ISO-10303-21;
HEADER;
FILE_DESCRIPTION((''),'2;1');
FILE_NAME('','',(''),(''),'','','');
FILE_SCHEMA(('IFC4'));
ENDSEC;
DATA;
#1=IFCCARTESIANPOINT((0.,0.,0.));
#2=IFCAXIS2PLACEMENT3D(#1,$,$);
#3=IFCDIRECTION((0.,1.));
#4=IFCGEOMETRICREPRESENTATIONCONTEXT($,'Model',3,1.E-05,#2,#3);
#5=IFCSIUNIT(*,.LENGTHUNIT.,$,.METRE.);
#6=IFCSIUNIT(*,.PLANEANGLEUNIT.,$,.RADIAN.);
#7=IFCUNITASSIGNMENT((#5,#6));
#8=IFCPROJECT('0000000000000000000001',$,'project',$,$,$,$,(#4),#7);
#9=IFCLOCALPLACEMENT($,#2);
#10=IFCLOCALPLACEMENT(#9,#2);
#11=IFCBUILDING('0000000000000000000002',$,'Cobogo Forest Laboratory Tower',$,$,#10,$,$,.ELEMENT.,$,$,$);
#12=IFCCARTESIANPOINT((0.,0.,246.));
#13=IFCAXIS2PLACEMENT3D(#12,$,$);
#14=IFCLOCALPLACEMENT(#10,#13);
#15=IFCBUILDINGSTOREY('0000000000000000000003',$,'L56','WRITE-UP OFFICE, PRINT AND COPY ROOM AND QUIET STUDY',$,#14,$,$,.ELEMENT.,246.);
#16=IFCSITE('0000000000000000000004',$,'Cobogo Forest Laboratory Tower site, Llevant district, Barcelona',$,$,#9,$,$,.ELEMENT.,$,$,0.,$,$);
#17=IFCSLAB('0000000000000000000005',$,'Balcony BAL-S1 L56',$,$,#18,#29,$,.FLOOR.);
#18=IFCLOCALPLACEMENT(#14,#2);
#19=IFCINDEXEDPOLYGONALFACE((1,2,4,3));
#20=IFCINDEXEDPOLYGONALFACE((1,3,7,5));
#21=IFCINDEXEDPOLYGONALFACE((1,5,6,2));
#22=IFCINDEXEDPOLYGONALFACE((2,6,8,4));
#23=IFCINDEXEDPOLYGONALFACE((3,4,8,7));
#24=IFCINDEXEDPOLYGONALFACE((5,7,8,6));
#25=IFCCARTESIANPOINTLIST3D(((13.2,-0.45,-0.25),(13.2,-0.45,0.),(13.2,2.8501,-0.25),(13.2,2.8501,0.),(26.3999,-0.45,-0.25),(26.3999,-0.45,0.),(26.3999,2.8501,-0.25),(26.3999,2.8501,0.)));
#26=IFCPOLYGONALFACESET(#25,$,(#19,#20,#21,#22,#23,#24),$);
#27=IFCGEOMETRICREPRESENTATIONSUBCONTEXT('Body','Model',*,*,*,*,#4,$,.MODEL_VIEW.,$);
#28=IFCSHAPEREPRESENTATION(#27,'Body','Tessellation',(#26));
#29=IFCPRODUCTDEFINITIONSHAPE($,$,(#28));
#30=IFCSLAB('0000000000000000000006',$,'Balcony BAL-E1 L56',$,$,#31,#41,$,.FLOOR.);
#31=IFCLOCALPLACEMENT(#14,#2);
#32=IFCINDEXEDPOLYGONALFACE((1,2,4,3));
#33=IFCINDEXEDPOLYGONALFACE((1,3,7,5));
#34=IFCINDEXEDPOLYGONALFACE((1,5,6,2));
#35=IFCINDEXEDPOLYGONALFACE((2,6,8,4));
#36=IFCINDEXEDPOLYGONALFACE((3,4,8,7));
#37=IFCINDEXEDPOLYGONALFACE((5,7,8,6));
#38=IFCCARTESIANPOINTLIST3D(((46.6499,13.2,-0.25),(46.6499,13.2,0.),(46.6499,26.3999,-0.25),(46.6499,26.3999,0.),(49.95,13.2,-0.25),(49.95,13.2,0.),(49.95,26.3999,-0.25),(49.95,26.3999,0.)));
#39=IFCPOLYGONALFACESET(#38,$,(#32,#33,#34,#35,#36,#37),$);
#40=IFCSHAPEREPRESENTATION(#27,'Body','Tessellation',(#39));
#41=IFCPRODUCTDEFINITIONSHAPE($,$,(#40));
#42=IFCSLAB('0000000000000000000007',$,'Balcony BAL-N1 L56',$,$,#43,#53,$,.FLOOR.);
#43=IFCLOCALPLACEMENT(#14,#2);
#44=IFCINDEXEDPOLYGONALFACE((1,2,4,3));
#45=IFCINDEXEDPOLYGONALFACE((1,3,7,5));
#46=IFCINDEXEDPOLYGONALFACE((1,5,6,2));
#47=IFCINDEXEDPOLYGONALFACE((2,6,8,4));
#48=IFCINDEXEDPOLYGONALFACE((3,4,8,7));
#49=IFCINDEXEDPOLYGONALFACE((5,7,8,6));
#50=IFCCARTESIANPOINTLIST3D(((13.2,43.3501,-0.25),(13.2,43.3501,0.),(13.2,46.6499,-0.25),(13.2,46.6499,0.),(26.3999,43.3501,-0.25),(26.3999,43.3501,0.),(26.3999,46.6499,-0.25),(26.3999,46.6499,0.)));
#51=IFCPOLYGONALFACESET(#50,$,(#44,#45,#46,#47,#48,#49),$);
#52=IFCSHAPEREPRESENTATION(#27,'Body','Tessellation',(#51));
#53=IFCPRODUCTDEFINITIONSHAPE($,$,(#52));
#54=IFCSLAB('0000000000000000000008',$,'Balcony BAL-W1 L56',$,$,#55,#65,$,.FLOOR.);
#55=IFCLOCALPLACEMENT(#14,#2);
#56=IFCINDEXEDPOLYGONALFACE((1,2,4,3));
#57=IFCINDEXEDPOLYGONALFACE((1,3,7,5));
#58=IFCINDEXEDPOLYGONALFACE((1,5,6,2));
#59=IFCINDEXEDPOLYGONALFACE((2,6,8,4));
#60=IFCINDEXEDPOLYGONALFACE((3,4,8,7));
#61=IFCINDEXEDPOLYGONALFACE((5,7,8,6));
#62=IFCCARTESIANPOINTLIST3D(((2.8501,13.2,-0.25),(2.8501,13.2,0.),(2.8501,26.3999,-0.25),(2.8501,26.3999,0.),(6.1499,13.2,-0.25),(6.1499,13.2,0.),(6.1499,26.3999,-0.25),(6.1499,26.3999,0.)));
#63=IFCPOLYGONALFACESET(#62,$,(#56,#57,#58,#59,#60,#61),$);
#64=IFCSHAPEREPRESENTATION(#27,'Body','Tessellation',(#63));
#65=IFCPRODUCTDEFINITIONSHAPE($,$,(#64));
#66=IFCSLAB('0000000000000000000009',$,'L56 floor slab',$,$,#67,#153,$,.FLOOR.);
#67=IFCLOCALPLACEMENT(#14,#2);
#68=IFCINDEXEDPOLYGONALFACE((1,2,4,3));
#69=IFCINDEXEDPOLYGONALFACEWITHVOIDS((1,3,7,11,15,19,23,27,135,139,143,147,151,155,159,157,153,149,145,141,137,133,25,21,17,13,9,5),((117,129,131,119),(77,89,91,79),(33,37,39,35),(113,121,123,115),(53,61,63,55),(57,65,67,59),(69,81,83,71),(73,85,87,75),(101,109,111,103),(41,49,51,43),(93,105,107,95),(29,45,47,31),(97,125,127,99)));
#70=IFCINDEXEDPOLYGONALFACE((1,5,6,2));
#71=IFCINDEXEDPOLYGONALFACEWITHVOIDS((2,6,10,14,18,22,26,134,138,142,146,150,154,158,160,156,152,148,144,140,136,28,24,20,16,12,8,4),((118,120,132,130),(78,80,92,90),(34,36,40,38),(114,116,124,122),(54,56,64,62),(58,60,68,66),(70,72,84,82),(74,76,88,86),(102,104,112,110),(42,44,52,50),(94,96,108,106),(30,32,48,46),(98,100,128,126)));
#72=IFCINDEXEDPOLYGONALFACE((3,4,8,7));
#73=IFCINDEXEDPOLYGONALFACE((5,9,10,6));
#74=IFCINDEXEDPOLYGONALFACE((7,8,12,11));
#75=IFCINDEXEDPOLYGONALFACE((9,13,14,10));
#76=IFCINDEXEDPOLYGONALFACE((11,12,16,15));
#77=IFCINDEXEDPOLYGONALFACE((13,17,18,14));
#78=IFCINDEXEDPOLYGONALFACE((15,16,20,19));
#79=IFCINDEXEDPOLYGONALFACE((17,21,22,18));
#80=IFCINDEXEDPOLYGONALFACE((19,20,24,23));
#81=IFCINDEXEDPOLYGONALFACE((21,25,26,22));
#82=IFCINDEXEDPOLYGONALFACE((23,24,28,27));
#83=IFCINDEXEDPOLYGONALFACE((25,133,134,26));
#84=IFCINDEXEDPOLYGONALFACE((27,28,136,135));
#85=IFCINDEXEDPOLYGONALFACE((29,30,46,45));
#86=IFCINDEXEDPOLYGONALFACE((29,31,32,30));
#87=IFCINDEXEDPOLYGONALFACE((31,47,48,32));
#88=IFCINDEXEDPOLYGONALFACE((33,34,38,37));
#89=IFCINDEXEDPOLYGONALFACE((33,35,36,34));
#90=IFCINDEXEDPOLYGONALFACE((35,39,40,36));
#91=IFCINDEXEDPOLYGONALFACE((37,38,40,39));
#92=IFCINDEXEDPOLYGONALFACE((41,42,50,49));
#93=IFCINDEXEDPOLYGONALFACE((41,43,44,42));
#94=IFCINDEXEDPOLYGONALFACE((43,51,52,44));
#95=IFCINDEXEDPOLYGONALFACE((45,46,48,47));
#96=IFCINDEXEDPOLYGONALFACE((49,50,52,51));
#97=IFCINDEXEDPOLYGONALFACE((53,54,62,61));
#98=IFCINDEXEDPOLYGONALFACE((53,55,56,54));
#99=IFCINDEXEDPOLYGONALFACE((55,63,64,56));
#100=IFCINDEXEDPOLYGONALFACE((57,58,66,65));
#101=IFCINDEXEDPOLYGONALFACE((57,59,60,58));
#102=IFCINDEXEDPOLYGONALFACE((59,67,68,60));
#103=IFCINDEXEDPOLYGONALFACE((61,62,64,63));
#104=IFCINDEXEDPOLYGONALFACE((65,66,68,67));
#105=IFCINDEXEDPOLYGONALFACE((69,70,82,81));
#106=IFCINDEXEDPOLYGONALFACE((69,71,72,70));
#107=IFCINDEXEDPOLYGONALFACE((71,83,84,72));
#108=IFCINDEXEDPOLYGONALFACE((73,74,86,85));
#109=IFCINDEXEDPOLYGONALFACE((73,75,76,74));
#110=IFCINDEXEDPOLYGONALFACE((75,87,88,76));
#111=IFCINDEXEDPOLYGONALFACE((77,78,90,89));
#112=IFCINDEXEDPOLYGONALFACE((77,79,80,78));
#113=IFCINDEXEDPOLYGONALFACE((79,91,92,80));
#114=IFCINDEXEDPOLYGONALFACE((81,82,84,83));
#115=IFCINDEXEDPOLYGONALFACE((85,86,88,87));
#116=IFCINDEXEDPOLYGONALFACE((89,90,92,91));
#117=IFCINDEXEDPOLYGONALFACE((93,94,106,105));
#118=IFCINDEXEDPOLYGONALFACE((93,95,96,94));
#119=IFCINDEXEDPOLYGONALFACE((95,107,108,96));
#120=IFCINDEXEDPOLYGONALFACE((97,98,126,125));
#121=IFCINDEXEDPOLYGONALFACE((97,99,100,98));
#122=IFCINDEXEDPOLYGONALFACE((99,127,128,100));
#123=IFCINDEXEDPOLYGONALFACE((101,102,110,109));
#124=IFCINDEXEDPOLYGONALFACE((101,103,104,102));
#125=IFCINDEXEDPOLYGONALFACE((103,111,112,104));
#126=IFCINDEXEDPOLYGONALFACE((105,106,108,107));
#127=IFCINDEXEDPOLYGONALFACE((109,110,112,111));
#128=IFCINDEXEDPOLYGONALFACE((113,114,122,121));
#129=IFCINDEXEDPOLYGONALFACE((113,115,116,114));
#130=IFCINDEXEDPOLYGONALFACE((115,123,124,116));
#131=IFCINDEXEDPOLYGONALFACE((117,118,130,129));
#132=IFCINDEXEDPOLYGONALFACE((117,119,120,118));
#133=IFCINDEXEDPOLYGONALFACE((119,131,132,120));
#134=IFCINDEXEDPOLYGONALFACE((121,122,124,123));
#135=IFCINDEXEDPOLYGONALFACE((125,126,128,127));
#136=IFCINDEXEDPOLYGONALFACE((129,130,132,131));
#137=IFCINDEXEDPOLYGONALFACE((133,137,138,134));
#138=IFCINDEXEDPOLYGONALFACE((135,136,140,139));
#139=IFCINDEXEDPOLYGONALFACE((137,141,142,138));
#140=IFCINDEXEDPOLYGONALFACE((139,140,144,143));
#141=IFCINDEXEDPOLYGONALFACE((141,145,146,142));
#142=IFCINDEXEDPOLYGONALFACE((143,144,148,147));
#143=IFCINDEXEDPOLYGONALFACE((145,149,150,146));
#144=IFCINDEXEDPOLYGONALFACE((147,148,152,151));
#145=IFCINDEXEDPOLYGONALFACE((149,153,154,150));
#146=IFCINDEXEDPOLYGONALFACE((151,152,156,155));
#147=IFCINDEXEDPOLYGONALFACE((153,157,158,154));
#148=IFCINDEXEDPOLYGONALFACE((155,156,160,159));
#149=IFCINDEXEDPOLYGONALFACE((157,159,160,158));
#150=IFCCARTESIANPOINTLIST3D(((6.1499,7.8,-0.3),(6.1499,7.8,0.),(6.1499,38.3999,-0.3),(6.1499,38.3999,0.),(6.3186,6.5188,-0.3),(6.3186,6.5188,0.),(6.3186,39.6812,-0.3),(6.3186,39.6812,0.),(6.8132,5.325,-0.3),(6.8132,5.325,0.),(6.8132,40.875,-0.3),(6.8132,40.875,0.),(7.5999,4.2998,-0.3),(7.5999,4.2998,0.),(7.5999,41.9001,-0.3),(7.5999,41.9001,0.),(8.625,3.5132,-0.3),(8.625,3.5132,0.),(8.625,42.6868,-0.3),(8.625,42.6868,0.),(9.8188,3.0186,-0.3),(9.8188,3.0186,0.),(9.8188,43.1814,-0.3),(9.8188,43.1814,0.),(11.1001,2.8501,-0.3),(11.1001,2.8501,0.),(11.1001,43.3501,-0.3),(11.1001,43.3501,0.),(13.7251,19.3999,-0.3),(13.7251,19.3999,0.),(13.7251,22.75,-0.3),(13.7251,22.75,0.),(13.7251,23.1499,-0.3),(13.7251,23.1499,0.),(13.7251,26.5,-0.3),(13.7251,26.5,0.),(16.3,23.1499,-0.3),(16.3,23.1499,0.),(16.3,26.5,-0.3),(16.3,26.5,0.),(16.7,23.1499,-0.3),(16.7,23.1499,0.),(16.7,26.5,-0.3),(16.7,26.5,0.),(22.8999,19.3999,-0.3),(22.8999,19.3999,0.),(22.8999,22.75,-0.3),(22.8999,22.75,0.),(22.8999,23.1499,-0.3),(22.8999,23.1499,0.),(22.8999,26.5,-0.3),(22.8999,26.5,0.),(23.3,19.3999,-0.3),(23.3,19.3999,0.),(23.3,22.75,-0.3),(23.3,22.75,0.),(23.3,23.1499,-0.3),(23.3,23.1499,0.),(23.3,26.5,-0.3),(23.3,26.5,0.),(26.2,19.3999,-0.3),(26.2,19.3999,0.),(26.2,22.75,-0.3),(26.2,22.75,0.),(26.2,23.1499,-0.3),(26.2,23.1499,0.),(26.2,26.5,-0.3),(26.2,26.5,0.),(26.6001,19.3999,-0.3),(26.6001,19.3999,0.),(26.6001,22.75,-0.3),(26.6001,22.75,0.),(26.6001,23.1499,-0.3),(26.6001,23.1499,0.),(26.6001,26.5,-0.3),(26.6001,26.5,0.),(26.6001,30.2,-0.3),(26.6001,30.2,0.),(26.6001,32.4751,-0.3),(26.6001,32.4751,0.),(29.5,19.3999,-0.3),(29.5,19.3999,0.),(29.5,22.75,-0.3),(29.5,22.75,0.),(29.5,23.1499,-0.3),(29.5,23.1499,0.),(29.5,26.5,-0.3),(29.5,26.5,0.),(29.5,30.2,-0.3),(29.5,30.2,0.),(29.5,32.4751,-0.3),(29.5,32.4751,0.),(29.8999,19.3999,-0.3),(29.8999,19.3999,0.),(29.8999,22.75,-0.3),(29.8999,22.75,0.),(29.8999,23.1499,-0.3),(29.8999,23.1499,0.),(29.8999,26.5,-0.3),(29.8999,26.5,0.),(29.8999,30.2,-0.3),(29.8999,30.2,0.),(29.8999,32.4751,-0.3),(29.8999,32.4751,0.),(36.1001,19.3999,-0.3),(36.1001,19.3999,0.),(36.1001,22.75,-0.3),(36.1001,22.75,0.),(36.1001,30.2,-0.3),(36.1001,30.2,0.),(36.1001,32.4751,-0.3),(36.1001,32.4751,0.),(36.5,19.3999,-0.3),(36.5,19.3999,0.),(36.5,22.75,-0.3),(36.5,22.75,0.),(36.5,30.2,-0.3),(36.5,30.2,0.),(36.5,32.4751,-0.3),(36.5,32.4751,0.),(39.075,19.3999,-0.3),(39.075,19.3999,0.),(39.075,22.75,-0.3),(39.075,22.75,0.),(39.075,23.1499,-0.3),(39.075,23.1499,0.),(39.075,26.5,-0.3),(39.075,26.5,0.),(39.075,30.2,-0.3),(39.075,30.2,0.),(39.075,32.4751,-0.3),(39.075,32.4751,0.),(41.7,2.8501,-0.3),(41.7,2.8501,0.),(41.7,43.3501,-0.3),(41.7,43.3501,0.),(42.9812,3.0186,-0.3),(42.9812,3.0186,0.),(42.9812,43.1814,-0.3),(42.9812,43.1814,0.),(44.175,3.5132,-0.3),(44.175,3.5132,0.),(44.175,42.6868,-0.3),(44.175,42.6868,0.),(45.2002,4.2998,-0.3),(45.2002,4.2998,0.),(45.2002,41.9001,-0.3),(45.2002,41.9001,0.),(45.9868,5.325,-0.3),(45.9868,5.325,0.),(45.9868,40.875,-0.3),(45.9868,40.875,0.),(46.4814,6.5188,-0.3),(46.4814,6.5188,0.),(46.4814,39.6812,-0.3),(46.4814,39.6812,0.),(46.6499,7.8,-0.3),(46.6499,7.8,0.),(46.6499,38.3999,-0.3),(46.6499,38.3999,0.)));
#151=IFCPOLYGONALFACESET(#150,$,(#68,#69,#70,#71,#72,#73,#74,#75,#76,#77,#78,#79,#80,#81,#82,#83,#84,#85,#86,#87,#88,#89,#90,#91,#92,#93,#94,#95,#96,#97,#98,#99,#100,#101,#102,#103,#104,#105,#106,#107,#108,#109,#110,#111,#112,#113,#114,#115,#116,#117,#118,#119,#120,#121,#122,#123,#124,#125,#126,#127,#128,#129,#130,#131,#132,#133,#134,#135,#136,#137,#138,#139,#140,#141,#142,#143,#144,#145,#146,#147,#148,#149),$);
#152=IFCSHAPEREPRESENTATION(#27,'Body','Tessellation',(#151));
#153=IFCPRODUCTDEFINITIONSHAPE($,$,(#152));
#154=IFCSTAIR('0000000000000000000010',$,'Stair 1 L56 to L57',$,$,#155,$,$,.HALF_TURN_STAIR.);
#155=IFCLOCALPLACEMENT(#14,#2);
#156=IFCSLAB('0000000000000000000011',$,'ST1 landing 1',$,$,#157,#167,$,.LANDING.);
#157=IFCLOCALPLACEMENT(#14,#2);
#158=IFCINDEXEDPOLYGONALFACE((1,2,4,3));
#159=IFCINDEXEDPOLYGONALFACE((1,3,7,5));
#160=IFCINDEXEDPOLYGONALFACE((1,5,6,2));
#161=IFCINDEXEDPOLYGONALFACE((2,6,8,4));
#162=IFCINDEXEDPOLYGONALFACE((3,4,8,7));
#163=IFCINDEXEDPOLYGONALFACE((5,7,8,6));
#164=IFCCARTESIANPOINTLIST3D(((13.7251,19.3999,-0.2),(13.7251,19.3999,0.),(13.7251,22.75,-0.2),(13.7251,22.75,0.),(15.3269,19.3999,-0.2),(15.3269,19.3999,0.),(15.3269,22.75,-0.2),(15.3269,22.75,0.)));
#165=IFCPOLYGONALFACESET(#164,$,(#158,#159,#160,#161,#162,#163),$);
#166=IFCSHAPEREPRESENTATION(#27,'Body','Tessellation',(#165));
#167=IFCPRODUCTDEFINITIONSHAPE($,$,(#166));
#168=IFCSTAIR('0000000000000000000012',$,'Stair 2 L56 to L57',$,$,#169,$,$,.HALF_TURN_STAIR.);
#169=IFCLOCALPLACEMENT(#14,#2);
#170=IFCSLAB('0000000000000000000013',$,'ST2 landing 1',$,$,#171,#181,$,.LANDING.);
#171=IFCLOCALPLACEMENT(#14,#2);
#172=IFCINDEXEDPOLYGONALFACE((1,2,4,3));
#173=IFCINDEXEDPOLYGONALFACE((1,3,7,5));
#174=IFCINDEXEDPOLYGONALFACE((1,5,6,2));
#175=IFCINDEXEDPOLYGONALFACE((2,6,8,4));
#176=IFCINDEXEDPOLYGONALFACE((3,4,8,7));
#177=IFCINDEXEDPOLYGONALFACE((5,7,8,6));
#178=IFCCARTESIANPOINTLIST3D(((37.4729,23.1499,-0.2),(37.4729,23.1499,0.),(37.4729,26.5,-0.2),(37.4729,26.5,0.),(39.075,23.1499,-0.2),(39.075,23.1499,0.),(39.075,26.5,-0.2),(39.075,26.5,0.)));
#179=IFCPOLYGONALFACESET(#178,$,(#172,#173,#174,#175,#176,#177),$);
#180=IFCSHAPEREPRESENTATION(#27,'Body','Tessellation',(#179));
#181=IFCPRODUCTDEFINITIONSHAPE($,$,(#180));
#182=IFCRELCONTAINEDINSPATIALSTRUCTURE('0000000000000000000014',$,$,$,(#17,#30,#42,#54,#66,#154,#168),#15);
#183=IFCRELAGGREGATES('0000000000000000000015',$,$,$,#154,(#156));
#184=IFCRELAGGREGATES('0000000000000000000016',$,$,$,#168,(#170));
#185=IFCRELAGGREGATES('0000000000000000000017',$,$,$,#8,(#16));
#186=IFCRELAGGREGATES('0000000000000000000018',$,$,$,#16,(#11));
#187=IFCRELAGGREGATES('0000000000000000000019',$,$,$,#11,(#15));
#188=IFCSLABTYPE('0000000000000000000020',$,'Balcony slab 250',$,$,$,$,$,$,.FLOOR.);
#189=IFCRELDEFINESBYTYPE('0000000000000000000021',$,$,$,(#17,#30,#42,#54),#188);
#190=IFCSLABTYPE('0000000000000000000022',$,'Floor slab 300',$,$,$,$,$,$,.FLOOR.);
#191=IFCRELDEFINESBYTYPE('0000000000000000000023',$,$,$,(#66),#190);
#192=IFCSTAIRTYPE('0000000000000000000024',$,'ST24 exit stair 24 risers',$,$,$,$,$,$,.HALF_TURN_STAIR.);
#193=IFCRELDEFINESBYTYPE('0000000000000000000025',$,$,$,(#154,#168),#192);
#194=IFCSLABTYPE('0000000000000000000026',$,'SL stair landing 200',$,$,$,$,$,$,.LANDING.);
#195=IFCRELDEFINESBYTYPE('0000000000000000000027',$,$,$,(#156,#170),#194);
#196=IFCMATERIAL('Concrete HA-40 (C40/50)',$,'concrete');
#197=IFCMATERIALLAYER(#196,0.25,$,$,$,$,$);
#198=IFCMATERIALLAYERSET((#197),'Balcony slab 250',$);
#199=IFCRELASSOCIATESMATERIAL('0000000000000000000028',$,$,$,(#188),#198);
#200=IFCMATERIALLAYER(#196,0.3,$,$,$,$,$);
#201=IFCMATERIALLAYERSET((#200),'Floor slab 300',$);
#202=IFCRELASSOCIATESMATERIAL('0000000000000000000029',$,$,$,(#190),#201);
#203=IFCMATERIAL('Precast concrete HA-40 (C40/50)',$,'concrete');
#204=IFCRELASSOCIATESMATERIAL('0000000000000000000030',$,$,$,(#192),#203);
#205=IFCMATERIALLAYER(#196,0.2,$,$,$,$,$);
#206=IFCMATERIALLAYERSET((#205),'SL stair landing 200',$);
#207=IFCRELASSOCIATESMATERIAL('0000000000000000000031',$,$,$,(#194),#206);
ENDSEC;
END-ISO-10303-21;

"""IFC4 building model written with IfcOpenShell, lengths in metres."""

from ifc_helpers import new_model, si_unit, direction, frame, origin, place, context, subcontext, project, spatial, polyline, outline, extrude, material, layer, layer_set, type_object, element, aggregate, save


model = new_model("IFC4")

# Units and contexts
model_context = context("Model", 3, precision=1e-05, world=origin(), true_north=direction((0.0, 1.0)))
body_context = subcontext(model_context, "Body", "Model", "MODEL_VIEW")
ifc_project = project(units=[si_unit("LENGTHUNIT", "METRE"), si_unit("PLANEANGLEUNIT", "RADIAN")], contexts=[model_context])

# Site, building, storey
site_placement = place(None, origin())
site = spatial("IfcSite", under=ifc_project, at=site_placement, Name="Cobogo Forest Laboratory Tower site, Llevant district, Barcelona", CompositionType="ELEMENT", RefElevation=0.0)
building_placement = place(site_placement, origin())
building = spatial("IfcBuilding", under=site, at=building_placement, Name="Cobogo Forest Laboratory Tower", CompositionType="ELEMENT")
storey_placement = place(building_placement, frame((0.0, 0.0, 246.0)))
storey = spatial("IfcBuildingStorey", under=building, at=storey_placement, Name="L56", Description="WRITE-UP OFFICE, PRINT AND COPY ROOM AND QUIET STUDY", CompositionType="ELEMENT", Elevation=246.0)

# Slabs
ifc_material_1 = material(Name="Concrete HA-40 (C40/50)", Category="concrete")
ifc_layer_1 = layer(ifc_material_1, 0.25)
ifc_layer_set_1 = layer_set([ifc_layer_1], Name="Balcony slab 250")
slab_type_1 = type_object("IfcSlabType", Name="Balcony slab 250", PredefinedType="FLOOR", material=ifc_layer_set_1)
slab_1_placement = place(storey_placement, frame((0.0, 0.0, -0.25)))
element("IfcSlab", 1, at=slab_1_placement, inside=storey, type_object=slab_type_1, Name="Balcony BAL-S1 L56", PredefinedType="FLOOR", context=body_context, shape_type="SweptSolid", body=[
    extrude(outline(polyline([(13.2, -0.45), (26.3999, -0.45), (26.3999, 2.8501), (13.2, 2.8501), (13.2, -0.45)])), origin(), (0.0, 0.0, 1.0), 0.25),
])
slab_2_placement = place(storey_placement, frame((0.0, 0.0, -0.25)))
element("IfcSlab", 2, at=slab_2_placement, inside=storey, type_object=slab_type_1, Name="Balcony BAL-E1 L56", PredefinedType="FLOOR", context=body_context, shape_type="SweptSolid", body=[
    extrude(outline(polyline([(46.6499, 13.2), (49.95, 13.2), (49.95, 26.3999), (46.6499, 26.3999), (46.6499, 13.2)])), origin(), (0.0, 0.0, 1.0), 0.25),
])
slab_3_placement = place(storey_placement, frame((0.0, 0.0, -0.25)))
element("IfcSlab", 3, at=slab_3_placement, inside=storey, type_object=slab_type_1, Name="Balcony BAL-N1 L56", PredefinedType="FLOOR", context=body_context, shape_type="SweptSolid", body=[
    extrude(outline(polyline([(13.2, 43.3501), (26.3999, 43.3501), (26.3999, 46.6499), (13.2, 46.6499), (13.2, 43.3501)])), origin(), (0.0, 0.0, 1.0), 0.25),
])
slab_4_placement = place(storey_placement, frame((0.0, 0.0, -0.25)))
element("IfcSlab", 4, at=slab_4_placement, inside=storey, type_object=slab_type_1, Name="Balcony BAL-W1 L56", PredefinedType="FLOOR", context=body_context, shape_type="SweptSolid", body=[
    extrude(outline(polyline([(2.8501, 13.2), (6.1499, 13.2), (6.1499, 26.3999), (2.8501, 26.3999), (2.8501, 13.2)])), origin(), (0.0, 0.0, 1.0), 0.25),
])
ifc_layer_2 = layer(ifc_material_1, 0.3)
ifc_layer_set_2 = layer_set([ifc_layer_2], Name="Floor slab 300")
slab_type_2 = type_object("IfcSlabType", Name="Floor slab 300", PredefinedType="FLOOR", material=ifc_layer_set_2)
slab_5_placement = place(storey_placement, frame((0.0, 0.0, -0.3)))
element("IfcSlab", 5, at=slab_5_placement, inside=storey, type_object=slab_type_2, Name="L56 floor slab", PredefinedType="FLOOR", context=body_context, shape_type="SweptSolid", body=[
    extrude(outline(polyline([(41.7, 2.8501), (42.9812, 3.0186), (44.175, 3.5132), (45.2002, 4.2998), (45.9868, 5.325), (46.4814, 6.5188), (46.6499, 7.8), (46.6499, 38.3999), (46.4814, 39.6812), (45.9868, 40.875), (45.2002, 41.9001), (44.175, 42.6868), (42.9812, 43.1814), (41.7, 43.3501), (11.1001, 43.3501), (9.8188, 43.1814), (8.625, 42.6868), (7.5999, 41.9001), (6.8132, 40.875), (6.3186, 39.6812), (6.1499, 38.3999), (6.1499, 7.8), (6.3186, 6.5188), (6.8132, 5.325), (7.5999, 4.2998), (8.625, 3.5132), (9.8188, 3.0186), (11.1001, 2.8501), (41.7, 2.8501)]), holes=[polyline([(22.8999, 19.3999), (13.7251, 19.3999), (13.7251, 22.75), (22.8999, 22.75), (22.8999, 19.3999)]), polyline([(26.2, 19.3999), (23.3, 19.3999), (23.3, 22.75), (26.2, 22.75), (26.2, 19.3999)]), polyline([(29.5, 19.3999), (26.6001, 19.3999), (26.6001, 22.75), (29.5, 22.75), (29.5, 19.3999)]), polyline([(36.1001, 22.75), (36.1001, 19.3999), (29.8999, 19.3999), (29.8999, 22.75), (36.1001, 22.75)]), polyline([(39.075, 19.3999), (36.5, 19.3999), (36.5, 22.75), (39.075, 22.75), (39.075, 19.3999)]), polyline([(16.3, 23.1499), (13.7251, 23.1499), (13.7251, 26.5), (16.3, 26.5), (16.3, 23.1499)]), polyline([(22.8999, 26.5), (22.8999, 23.1499), (16.7, 23.1499), (16.7, 26.5), (22.8999, 26.5)]), polyline([(26.2, 23.1499), (23.3, 23.1499), (23.3, 26.5), (26.2, 26.5), (26.2, 23.1499)]), polyline([(29.5, 23.1499), (26.6001, 23.1499), (26.6001, 26.5), (29.5, 26.5), (29.5, 23.1499)]), polyline([(39.075, 23.1499), (29.8999, 23.1499), (29.8999, 26.5), (39.075, 26.5), (39.075, 23.1499)]), polyline([(29.5, 30.2), (26.6001, 30.2), (26.6001, 32.4751), (29.5, 32.4751), (29.5, 30.2)]), polyline([(36.1001, 32.4751), (36.1001, 30.2), (29.8999, 30.2), (29.8999, 32.4751), (36.1001, 32.4751)]), polyline([(39.075, 30.2), (36.5, 30.2), (36.5, 32.4751), (39.075, 32.4751), (39.075, 30.2)])]), origin(), (0.0, 0.0, 1.0), 0.3),
])

# Stairs, slabs
ifc_material_2 = material(Name="Precast concrete HA-40 (C40/50)", Category="concrete")
stair_type = type_object("IfcStairType", Name="ST24 exit stair 24 risers", PredefinedType="HALF_TURN_STAIR", material=ifc_material_2)
stair_1_placement = place(storey_placement, origin())
stair_1 = element("IfcStair", 6, at=stair_1_placement, inside=storey, type_object=stair_type, Name="Stair 1 L56 to L57", PredefinedType="HALF_TURN_STAIR")
ifc_layer_3 = layer(ifc_material_1, 0.2)
ifc_layer_set_3 = layer_set([ifc_layer_3], Name="SL stair landing 200")
slab_type_3 = type_object("IfcSlabType", Name="SL stair landing 200", PredefinedType="LANDING", material=ifc_layer_set_3)
slab_6_placement = place(storey_placement, frame((0.0, 0.0, -0.2)))
slab_6 = element("IfcSlab", 7, at=slab_6_placement, type_object=slab_type_3, Name="ST1 landing 1", PredefinedType="LANDING", context=body_context, shape_type="SweptSolid", body=[
    extrude(outline(polyline([(13.7251, 19.3999), (15.3269, 19.3999), (15.3269, 22.75), (13.7251, 22.75), (13.7251, 19.3999)])), origin(), (0.0, 0.0, 1.0), 0.2),
])
aggregate(stair_1, [slab_6])
stair_2_placement = place(storey_placement, origin())
stair_2 = element("IfcStair", 8, at=stair_2_placement, inside=storey, type_object=stair_type, Name="Stair 2 L56 to L57", PredefinedType="HALF_TURN_STAIR")
slab_7_placement = place(storey_placement, frame((0.0, 0.0, -0.2)))
slab_7 = element("IfcSlab", 9, at=slab_7_placement, type_object=slab_type_3, Name="ST2 landing 1", PredefinedType="LANDING", context=body_context, shape_type="SweptSolid", body=[
    extrude(outline(polyline([(37.4729, 23.1499), (39.075, 23.1499), (39.075, 26.5), (37.4729, 26.5), (37.4729, 23.1499)])), origin(), (0.0, 0.0, 1.0), 0.2),
])
aggregate(stair_2, [slab_7])

save(model, "model.ifc")
